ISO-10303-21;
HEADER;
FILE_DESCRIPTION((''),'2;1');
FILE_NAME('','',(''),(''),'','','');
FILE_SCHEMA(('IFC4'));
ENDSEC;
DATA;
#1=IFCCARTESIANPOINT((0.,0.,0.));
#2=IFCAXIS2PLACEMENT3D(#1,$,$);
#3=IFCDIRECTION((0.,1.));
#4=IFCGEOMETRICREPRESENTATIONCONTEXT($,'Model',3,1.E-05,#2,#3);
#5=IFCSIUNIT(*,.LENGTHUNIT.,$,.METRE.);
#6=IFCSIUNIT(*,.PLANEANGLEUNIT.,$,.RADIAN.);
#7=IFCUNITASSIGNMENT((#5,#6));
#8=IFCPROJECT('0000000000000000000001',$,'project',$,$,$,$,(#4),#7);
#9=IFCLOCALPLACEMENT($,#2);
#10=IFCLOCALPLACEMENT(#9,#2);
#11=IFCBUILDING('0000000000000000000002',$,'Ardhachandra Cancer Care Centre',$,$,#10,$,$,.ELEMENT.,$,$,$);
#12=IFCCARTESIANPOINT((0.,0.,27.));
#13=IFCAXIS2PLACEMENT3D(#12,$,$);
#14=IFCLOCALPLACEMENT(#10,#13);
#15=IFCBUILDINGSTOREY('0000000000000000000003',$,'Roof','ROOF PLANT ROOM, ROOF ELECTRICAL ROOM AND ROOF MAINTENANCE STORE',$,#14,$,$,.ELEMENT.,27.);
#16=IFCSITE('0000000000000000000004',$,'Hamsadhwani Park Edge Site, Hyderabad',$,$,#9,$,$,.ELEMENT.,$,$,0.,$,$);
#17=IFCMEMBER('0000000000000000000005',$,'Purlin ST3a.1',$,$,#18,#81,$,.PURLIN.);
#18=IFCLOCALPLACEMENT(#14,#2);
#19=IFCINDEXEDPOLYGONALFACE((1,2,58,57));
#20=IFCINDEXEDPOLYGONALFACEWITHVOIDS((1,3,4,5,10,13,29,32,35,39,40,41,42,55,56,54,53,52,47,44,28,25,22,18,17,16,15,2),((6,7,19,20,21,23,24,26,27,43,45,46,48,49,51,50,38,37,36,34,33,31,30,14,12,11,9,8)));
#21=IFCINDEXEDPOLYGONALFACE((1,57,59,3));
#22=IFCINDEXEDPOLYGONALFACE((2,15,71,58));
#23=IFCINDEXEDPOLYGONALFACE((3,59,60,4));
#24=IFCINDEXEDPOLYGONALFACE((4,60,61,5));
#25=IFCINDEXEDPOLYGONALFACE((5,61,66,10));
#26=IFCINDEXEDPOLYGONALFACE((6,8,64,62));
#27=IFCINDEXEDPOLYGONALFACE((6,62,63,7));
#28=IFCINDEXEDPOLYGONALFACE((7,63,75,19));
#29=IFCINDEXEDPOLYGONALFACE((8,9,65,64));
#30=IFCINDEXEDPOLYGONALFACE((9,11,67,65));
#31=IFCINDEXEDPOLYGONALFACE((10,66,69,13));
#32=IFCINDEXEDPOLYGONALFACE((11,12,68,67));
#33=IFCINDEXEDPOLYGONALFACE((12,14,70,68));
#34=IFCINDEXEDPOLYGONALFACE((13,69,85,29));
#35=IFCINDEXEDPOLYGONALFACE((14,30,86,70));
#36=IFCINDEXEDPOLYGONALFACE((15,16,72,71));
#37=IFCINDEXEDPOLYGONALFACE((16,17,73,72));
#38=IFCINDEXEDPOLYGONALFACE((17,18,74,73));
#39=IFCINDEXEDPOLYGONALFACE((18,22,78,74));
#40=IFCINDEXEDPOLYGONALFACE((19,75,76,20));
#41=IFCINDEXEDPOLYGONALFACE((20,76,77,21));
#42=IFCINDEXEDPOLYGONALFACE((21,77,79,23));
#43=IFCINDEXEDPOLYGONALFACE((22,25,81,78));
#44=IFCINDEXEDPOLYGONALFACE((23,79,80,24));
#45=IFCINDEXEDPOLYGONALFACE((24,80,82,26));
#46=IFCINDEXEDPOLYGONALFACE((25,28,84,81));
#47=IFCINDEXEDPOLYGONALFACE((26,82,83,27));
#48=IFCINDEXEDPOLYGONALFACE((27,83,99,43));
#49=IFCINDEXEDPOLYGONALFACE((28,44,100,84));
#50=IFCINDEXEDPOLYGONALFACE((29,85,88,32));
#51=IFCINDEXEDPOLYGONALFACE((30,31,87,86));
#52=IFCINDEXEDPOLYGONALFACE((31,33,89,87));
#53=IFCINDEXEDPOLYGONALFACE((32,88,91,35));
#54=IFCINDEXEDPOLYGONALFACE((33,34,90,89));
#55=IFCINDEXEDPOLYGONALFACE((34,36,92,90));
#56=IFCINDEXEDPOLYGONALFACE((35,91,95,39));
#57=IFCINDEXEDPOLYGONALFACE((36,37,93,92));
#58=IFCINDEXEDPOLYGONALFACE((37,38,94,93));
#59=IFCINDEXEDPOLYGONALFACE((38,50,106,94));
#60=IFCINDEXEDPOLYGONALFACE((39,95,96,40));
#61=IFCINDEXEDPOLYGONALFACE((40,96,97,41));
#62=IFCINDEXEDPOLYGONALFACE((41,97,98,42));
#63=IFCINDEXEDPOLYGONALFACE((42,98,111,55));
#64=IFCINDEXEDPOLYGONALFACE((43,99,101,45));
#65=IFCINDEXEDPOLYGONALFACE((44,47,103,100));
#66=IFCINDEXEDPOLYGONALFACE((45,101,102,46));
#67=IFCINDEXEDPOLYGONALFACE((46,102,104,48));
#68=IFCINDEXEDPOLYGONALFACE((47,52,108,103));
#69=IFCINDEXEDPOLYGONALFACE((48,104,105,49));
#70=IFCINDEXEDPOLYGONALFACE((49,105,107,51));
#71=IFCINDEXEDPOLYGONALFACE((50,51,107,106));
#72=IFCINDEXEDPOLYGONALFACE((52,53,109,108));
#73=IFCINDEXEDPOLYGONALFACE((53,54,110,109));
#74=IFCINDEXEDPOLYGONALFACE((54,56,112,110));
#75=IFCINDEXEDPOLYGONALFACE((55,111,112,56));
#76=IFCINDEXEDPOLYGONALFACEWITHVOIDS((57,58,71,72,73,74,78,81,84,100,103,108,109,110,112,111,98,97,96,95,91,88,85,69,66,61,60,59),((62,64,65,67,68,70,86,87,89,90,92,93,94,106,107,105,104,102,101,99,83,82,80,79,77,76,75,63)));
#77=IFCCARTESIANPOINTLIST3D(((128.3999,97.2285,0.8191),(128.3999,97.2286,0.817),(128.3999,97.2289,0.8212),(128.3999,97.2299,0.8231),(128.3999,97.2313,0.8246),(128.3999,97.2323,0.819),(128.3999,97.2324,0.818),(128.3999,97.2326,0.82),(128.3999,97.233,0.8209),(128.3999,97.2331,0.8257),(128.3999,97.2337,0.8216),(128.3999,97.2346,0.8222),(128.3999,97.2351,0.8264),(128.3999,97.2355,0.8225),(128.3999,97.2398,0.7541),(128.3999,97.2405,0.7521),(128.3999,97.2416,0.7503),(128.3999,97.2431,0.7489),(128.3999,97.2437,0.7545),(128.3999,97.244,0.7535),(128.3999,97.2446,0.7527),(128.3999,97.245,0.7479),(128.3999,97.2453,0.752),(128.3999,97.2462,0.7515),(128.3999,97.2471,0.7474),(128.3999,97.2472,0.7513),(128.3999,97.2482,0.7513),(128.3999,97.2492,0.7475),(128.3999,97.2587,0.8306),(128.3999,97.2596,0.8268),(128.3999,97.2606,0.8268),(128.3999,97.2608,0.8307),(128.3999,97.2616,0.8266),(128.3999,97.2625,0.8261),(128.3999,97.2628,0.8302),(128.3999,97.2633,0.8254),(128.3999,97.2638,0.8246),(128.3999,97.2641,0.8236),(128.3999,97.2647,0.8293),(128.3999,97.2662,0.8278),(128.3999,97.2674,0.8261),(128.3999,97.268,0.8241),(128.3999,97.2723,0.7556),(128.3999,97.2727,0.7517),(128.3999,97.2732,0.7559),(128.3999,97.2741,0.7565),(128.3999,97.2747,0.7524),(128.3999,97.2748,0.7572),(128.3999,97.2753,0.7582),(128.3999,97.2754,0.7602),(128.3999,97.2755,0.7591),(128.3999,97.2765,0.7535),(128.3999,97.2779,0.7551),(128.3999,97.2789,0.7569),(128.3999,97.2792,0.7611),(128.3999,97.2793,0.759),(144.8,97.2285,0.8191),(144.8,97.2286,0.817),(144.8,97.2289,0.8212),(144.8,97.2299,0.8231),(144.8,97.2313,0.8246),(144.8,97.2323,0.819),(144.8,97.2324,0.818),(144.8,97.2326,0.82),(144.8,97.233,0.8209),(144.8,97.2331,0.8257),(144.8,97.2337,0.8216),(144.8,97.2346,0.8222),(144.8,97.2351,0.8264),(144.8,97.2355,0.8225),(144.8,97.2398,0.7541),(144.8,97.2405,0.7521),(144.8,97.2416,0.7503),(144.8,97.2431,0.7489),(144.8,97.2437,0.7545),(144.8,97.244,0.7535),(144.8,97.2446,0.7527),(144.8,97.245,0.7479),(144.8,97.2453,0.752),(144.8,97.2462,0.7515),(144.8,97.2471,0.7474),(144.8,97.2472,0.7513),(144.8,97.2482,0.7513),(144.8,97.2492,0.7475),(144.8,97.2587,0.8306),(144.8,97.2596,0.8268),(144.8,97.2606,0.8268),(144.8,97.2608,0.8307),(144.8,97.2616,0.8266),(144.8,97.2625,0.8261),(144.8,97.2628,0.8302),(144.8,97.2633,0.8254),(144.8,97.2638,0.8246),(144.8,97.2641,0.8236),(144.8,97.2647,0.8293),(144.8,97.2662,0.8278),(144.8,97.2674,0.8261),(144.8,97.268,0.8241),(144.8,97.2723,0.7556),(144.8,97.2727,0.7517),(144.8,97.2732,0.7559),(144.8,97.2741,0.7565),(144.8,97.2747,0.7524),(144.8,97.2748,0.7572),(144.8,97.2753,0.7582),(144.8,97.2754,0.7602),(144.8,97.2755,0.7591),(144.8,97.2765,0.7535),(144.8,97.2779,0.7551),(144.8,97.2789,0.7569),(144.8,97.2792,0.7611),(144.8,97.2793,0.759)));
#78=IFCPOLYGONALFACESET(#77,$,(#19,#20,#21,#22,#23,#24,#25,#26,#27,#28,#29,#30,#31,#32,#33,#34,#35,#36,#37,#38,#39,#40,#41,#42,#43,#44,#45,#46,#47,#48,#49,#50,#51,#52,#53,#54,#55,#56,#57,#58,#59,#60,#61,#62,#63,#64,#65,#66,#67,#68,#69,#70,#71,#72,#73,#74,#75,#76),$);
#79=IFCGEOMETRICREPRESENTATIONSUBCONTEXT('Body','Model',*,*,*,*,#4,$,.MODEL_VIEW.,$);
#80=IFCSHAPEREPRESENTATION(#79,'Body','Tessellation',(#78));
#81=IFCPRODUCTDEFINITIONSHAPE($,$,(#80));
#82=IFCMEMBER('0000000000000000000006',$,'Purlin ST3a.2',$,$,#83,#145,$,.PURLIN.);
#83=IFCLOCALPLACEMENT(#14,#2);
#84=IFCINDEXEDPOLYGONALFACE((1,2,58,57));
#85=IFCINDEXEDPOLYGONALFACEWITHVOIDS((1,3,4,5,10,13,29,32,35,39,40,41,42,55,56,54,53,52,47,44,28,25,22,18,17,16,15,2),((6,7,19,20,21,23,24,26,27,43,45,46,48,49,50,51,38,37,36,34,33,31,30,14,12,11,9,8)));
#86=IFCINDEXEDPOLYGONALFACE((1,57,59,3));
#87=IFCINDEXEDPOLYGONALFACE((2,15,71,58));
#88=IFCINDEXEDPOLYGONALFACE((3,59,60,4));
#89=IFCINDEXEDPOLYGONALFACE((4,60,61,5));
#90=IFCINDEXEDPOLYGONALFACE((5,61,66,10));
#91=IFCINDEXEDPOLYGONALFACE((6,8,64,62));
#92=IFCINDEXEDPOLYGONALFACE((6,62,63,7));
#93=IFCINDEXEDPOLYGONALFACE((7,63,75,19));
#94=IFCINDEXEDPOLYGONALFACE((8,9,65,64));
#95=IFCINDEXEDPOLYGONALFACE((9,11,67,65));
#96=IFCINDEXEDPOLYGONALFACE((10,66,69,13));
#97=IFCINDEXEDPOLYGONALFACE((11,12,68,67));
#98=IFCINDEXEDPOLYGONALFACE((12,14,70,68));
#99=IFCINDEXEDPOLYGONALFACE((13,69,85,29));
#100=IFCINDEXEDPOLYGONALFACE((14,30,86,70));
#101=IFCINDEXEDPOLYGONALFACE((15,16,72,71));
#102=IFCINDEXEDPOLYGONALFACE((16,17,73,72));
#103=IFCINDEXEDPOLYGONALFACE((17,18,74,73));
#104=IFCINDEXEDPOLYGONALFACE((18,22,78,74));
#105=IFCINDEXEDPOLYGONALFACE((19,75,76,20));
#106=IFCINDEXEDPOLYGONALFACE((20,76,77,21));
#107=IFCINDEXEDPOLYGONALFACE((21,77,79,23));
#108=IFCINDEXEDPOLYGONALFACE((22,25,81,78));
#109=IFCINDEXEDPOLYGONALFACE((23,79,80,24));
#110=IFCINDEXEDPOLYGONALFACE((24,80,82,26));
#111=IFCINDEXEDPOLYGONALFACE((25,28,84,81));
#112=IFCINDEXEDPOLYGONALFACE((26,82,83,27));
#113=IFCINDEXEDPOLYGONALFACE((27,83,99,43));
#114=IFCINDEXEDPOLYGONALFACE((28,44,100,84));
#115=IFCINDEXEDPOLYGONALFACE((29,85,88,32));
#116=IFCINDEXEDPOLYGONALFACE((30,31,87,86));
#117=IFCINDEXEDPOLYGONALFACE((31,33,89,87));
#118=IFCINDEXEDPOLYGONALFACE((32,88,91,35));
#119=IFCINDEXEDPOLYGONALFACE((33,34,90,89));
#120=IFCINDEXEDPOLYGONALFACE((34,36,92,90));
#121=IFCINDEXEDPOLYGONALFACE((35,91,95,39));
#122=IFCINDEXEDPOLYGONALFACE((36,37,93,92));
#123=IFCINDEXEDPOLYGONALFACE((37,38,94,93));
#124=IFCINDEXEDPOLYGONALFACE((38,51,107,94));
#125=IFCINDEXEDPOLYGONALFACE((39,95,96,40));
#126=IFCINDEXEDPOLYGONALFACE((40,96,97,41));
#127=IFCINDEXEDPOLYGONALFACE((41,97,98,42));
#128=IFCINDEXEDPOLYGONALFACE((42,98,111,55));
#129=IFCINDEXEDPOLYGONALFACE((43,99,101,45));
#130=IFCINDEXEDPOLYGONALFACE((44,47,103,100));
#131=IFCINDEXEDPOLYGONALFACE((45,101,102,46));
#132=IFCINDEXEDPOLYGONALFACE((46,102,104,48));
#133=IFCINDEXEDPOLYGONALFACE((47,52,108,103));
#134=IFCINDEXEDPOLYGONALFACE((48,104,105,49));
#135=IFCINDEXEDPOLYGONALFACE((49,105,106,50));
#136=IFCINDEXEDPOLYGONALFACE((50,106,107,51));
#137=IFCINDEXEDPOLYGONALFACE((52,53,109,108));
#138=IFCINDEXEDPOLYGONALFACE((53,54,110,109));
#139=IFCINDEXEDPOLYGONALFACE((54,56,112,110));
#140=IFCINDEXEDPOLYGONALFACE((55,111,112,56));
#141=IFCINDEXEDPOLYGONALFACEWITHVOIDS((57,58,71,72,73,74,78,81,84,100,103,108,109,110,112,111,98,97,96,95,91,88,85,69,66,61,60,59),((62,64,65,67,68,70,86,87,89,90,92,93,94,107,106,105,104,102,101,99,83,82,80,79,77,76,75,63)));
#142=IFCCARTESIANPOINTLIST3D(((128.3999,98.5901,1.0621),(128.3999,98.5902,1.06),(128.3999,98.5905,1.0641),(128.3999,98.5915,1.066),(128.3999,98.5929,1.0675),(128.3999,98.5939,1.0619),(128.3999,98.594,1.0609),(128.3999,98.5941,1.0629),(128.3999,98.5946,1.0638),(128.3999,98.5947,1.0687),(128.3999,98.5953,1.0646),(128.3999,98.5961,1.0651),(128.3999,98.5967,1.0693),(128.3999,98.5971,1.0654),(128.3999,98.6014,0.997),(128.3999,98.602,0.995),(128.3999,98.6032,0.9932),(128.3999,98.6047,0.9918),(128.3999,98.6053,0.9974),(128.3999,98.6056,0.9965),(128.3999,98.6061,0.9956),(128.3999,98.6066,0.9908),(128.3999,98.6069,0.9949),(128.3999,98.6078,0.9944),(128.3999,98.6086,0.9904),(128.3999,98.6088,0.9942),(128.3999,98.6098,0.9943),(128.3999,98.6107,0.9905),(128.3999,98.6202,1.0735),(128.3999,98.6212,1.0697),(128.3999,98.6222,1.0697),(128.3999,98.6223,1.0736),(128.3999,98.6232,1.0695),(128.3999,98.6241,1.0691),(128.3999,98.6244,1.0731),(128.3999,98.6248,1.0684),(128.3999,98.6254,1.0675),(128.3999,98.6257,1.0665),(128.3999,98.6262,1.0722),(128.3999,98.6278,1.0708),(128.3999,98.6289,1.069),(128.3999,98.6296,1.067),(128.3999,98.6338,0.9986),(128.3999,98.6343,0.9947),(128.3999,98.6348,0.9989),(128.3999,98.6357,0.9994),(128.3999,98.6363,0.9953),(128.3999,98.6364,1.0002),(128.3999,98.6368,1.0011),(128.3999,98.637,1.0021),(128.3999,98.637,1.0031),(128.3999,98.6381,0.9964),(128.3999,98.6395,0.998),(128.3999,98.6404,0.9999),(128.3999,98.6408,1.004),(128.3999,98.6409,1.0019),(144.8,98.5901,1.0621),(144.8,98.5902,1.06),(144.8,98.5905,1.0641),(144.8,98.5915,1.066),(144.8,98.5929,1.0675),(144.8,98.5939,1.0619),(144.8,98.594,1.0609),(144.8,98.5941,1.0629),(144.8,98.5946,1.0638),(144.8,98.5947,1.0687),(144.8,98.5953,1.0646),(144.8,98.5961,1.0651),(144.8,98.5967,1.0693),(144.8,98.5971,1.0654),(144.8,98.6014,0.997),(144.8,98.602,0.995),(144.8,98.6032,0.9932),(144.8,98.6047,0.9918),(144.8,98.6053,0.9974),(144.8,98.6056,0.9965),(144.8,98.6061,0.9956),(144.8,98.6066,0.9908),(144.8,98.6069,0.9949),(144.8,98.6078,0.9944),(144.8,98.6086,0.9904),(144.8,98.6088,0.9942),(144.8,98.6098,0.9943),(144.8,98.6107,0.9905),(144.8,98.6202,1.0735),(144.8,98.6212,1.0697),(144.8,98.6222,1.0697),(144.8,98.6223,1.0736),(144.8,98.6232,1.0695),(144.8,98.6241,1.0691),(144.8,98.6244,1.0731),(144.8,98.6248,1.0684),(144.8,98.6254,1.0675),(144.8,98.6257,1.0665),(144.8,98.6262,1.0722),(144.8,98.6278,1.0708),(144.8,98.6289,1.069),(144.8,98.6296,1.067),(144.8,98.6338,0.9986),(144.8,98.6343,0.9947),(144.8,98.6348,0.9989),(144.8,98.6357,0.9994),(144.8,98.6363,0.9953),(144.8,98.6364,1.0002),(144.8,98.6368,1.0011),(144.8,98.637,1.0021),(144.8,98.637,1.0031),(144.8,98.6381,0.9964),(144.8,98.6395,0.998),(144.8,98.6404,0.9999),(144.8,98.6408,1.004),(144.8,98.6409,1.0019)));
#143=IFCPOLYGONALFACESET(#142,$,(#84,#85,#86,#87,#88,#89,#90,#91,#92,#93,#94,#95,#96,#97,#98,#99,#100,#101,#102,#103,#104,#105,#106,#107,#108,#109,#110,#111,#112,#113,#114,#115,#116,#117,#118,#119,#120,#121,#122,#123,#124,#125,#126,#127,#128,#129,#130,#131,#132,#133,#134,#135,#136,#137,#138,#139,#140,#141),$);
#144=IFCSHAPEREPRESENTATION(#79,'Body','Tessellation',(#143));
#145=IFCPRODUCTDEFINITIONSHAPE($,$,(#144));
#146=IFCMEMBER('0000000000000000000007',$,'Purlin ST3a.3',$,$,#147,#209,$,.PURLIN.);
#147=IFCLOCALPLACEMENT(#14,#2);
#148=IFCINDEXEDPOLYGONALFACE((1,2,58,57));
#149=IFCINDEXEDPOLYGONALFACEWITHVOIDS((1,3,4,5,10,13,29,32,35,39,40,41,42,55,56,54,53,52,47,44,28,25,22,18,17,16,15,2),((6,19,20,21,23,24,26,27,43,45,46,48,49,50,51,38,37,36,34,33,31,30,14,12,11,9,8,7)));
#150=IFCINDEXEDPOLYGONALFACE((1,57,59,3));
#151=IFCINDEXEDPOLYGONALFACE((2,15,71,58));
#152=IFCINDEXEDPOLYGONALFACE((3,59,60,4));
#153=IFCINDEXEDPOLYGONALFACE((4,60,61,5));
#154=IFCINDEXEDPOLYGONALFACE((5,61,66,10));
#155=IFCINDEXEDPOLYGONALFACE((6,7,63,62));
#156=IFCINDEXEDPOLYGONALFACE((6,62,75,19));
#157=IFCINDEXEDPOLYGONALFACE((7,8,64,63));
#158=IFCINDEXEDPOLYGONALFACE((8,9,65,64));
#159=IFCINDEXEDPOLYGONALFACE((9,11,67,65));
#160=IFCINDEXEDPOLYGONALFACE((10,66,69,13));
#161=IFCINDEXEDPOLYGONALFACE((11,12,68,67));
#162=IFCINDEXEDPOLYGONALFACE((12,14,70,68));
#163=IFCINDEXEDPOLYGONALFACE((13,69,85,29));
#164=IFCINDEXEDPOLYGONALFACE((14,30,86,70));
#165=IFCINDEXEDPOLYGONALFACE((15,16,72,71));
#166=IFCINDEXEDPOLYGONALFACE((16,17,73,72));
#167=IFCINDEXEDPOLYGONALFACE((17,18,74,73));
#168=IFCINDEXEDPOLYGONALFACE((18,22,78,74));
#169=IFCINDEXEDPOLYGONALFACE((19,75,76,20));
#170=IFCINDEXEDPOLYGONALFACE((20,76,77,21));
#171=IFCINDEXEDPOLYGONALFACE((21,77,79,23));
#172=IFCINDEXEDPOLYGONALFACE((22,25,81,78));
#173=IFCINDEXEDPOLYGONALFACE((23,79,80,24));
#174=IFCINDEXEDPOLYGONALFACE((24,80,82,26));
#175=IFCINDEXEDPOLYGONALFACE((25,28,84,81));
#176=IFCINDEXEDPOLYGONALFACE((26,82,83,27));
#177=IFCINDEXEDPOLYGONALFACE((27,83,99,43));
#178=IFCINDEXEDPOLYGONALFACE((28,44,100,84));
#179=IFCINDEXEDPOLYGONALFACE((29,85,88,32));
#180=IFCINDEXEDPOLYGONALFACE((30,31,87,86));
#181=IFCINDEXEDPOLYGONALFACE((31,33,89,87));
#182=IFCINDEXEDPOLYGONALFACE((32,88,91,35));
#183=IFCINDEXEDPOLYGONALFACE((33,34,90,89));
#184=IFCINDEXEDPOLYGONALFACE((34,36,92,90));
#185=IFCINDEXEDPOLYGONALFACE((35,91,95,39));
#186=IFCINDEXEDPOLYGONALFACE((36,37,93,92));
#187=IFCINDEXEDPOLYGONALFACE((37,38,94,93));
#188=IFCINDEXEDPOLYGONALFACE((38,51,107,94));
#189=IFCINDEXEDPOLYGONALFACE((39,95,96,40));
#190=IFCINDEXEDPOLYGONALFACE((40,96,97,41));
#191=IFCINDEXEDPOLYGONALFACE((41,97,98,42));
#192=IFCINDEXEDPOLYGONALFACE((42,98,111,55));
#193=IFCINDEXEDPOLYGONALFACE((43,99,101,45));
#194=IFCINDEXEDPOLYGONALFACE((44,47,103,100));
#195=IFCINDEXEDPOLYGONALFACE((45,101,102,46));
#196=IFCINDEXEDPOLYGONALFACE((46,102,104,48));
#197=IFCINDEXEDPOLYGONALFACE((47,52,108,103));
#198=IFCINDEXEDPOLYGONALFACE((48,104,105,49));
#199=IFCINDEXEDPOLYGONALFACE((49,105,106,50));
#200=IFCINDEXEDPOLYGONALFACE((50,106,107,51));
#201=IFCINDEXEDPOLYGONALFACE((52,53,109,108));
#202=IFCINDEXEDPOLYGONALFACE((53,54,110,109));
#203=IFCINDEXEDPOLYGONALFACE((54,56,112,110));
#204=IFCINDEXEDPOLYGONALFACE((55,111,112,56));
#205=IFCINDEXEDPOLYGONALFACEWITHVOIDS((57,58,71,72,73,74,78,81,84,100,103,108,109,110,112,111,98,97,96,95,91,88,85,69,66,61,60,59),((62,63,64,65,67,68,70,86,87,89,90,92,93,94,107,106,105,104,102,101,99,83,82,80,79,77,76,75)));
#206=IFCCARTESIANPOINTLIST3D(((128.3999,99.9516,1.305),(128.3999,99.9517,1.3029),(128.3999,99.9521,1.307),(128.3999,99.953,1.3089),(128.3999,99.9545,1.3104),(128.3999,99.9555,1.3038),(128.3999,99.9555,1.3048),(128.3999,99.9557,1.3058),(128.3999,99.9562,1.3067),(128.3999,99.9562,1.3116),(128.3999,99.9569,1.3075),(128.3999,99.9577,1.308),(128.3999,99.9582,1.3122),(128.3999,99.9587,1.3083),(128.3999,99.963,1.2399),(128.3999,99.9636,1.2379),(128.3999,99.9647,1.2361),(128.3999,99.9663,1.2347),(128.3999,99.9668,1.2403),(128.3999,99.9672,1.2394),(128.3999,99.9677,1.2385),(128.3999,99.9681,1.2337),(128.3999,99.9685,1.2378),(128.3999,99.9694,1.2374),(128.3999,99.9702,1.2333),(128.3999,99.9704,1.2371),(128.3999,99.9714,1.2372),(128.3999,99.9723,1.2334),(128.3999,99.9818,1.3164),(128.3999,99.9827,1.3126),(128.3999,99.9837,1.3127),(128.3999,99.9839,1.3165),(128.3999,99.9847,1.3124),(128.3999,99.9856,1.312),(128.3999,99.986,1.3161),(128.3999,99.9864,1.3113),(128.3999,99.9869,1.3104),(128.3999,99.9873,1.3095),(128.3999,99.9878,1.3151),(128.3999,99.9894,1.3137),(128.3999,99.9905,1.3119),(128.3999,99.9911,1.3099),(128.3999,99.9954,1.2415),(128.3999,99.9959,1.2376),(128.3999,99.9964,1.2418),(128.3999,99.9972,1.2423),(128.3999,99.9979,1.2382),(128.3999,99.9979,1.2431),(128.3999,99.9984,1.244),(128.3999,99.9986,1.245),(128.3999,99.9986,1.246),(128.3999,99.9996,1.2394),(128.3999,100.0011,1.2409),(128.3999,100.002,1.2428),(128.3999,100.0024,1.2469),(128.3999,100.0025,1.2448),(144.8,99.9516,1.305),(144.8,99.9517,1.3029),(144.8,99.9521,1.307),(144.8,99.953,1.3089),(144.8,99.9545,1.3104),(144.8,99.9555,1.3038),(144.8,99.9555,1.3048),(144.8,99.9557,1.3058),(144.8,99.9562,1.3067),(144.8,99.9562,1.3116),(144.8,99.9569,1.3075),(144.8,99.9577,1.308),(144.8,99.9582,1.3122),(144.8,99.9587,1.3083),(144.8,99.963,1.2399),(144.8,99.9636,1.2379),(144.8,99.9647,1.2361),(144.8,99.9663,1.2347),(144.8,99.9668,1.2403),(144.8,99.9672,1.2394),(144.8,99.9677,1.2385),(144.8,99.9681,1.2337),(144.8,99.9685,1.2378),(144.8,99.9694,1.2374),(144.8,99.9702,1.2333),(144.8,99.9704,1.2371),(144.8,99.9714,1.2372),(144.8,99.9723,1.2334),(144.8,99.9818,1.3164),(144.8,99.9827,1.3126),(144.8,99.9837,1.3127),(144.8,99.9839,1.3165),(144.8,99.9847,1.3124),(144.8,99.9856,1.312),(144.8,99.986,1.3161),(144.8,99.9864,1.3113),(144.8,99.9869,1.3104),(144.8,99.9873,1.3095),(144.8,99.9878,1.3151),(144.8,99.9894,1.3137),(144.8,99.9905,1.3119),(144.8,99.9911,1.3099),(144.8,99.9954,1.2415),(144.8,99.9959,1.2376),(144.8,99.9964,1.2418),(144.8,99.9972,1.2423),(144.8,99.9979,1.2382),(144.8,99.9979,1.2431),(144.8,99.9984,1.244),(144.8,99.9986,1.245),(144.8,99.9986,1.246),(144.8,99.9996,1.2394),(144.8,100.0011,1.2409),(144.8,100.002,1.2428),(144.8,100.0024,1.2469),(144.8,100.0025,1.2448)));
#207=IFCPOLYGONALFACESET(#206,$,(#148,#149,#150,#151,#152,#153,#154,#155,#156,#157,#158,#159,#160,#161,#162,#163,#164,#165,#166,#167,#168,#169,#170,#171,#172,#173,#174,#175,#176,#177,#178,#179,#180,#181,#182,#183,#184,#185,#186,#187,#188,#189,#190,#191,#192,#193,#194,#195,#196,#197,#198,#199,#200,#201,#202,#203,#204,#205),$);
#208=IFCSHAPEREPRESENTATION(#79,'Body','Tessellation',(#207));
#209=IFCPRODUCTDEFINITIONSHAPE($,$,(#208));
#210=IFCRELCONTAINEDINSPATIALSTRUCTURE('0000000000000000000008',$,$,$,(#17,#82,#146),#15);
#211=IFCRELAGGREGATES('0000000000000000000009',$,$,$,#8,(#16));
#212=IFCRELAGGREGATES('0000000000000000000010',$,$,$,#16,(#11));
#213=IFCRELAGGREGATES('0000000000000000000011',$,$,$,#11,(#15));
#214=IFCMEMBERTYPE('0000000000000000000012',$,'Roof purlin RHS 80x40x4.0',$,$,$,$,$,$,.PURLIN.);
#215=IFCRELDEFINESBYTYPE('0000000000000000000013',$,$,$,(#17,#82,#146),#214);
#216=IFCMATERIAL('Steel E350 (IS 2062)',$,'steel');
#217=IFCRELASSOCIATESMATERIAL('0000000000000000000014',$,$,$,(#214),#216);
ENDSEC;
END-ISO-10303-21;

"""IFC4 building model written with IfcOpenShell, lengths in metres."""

from ifc_helpers import new_model, si_unit, direction, frame, origin, origin_2d, place, context, subcontext, project, spatial, hollow_rectangle, extrude, material, material_profile, profile_set, type_object, element, save


model = new_model("IFC4")

# Units and contexts
model_context = context("Model", 3, precision=1e-05, world=origin(), true_north=direction((0.0, 1.0)))
body_context = subcontext(model_context, "Body", "Model", "MODEL_VIEW")
ifc_project = project(units=[si_unit("LENGTHUNIT", "METRE"), si_unit("PLANEANGLEUNIT", "RADIAN")], contexts=[model_context])

# Site, building, storey
site_placement = place(None, origin())
site = spatial("IfcSite", under=ifc_project, at=site_placement, Name="Hamsadhwani Park Edge Site, Hyderabad", CompositionType="ELEMENT", RefElevation=0.0)
building_placement = place(site_placement, origin())
building = spatial("IfcBuilding", under=site, at=building_placement, Name="Ardhachandra Cancer Care Centre", CompositionType="ELEMENT")
storey_placement = place(building_placement, frame((0.0, 0.0, 27.0)))
storey = spatial("IfcBuildingStorey", under=building, at=storey_placement, Name="Roof", Description="ROOF PLANT ROOM, ROOF ELECTRICAL ROOM AND ROOF MAINTENANCE STORE", CompositionType="ELEMENT", Elevation=27.0)

# Members
ifc_material_1 = material(Name="Steel E350 (IS 2062)", Category="steel")
ifc_material_profile_1 = material_profile(ifc_material_1, hollow_rectangle(XDim=0.04, YDim=0.0801, WallThickness=0.0039, InnerFilletRadius=0.0039, OuterFilletRadius=0.0081, at=origin_2d()), Name="RHS 80x40x4.0")
ifc_profile_set_1 = profile_set([ifc_material_profile_1], Name="Steel E350 (IS 2062)")
member_type_1 = type_object("IfcMemberType", Name="Roof purlin RHS 80x40x4.0", PredefinedType="PURLIN", material=ifc_profile_set_1)
for number, where, z_axis, x_axis, name in (
    (1, (128.3999, 97.2539, 0.7891), (1.0, 0.0, 0.0), (0.0, 0.98446, 0.175606), "Purlin ST3a.1"),
    (2, (128.3999, 98.6155, 1.032), (1.0, 0.0, 0.0), (0.0, 0.98446, 0.175606), "Purlin ST3a.2"),
    (3, (128.3999, 99.9771, 1.2749), (1.0, 0.0, 0.0), (0.0, 0.98446, 0.175606), "Purlin ST3a.3"),
):
    element("IfcMember", number, at=place(storey_placement, frame(where, z_axis=z_axis, x_axis=x_axis)), inside=storey, type_object=member_type_1, Name=name, PredefinedType="PURLIN", context=body_context, shape_type="SweptSolid", body=[
        extrude(hollow_rectangle(XDim=0.04, YDim=0.0801, WallThickness=0.0039, InnerFilletRadius=0.0039, OuterFilletRadius=0.0081, at=origin_2d()), origin(), (0.0, 0.0, 1.0), 16.4001),
    ])

save(model, "model.ifc")
